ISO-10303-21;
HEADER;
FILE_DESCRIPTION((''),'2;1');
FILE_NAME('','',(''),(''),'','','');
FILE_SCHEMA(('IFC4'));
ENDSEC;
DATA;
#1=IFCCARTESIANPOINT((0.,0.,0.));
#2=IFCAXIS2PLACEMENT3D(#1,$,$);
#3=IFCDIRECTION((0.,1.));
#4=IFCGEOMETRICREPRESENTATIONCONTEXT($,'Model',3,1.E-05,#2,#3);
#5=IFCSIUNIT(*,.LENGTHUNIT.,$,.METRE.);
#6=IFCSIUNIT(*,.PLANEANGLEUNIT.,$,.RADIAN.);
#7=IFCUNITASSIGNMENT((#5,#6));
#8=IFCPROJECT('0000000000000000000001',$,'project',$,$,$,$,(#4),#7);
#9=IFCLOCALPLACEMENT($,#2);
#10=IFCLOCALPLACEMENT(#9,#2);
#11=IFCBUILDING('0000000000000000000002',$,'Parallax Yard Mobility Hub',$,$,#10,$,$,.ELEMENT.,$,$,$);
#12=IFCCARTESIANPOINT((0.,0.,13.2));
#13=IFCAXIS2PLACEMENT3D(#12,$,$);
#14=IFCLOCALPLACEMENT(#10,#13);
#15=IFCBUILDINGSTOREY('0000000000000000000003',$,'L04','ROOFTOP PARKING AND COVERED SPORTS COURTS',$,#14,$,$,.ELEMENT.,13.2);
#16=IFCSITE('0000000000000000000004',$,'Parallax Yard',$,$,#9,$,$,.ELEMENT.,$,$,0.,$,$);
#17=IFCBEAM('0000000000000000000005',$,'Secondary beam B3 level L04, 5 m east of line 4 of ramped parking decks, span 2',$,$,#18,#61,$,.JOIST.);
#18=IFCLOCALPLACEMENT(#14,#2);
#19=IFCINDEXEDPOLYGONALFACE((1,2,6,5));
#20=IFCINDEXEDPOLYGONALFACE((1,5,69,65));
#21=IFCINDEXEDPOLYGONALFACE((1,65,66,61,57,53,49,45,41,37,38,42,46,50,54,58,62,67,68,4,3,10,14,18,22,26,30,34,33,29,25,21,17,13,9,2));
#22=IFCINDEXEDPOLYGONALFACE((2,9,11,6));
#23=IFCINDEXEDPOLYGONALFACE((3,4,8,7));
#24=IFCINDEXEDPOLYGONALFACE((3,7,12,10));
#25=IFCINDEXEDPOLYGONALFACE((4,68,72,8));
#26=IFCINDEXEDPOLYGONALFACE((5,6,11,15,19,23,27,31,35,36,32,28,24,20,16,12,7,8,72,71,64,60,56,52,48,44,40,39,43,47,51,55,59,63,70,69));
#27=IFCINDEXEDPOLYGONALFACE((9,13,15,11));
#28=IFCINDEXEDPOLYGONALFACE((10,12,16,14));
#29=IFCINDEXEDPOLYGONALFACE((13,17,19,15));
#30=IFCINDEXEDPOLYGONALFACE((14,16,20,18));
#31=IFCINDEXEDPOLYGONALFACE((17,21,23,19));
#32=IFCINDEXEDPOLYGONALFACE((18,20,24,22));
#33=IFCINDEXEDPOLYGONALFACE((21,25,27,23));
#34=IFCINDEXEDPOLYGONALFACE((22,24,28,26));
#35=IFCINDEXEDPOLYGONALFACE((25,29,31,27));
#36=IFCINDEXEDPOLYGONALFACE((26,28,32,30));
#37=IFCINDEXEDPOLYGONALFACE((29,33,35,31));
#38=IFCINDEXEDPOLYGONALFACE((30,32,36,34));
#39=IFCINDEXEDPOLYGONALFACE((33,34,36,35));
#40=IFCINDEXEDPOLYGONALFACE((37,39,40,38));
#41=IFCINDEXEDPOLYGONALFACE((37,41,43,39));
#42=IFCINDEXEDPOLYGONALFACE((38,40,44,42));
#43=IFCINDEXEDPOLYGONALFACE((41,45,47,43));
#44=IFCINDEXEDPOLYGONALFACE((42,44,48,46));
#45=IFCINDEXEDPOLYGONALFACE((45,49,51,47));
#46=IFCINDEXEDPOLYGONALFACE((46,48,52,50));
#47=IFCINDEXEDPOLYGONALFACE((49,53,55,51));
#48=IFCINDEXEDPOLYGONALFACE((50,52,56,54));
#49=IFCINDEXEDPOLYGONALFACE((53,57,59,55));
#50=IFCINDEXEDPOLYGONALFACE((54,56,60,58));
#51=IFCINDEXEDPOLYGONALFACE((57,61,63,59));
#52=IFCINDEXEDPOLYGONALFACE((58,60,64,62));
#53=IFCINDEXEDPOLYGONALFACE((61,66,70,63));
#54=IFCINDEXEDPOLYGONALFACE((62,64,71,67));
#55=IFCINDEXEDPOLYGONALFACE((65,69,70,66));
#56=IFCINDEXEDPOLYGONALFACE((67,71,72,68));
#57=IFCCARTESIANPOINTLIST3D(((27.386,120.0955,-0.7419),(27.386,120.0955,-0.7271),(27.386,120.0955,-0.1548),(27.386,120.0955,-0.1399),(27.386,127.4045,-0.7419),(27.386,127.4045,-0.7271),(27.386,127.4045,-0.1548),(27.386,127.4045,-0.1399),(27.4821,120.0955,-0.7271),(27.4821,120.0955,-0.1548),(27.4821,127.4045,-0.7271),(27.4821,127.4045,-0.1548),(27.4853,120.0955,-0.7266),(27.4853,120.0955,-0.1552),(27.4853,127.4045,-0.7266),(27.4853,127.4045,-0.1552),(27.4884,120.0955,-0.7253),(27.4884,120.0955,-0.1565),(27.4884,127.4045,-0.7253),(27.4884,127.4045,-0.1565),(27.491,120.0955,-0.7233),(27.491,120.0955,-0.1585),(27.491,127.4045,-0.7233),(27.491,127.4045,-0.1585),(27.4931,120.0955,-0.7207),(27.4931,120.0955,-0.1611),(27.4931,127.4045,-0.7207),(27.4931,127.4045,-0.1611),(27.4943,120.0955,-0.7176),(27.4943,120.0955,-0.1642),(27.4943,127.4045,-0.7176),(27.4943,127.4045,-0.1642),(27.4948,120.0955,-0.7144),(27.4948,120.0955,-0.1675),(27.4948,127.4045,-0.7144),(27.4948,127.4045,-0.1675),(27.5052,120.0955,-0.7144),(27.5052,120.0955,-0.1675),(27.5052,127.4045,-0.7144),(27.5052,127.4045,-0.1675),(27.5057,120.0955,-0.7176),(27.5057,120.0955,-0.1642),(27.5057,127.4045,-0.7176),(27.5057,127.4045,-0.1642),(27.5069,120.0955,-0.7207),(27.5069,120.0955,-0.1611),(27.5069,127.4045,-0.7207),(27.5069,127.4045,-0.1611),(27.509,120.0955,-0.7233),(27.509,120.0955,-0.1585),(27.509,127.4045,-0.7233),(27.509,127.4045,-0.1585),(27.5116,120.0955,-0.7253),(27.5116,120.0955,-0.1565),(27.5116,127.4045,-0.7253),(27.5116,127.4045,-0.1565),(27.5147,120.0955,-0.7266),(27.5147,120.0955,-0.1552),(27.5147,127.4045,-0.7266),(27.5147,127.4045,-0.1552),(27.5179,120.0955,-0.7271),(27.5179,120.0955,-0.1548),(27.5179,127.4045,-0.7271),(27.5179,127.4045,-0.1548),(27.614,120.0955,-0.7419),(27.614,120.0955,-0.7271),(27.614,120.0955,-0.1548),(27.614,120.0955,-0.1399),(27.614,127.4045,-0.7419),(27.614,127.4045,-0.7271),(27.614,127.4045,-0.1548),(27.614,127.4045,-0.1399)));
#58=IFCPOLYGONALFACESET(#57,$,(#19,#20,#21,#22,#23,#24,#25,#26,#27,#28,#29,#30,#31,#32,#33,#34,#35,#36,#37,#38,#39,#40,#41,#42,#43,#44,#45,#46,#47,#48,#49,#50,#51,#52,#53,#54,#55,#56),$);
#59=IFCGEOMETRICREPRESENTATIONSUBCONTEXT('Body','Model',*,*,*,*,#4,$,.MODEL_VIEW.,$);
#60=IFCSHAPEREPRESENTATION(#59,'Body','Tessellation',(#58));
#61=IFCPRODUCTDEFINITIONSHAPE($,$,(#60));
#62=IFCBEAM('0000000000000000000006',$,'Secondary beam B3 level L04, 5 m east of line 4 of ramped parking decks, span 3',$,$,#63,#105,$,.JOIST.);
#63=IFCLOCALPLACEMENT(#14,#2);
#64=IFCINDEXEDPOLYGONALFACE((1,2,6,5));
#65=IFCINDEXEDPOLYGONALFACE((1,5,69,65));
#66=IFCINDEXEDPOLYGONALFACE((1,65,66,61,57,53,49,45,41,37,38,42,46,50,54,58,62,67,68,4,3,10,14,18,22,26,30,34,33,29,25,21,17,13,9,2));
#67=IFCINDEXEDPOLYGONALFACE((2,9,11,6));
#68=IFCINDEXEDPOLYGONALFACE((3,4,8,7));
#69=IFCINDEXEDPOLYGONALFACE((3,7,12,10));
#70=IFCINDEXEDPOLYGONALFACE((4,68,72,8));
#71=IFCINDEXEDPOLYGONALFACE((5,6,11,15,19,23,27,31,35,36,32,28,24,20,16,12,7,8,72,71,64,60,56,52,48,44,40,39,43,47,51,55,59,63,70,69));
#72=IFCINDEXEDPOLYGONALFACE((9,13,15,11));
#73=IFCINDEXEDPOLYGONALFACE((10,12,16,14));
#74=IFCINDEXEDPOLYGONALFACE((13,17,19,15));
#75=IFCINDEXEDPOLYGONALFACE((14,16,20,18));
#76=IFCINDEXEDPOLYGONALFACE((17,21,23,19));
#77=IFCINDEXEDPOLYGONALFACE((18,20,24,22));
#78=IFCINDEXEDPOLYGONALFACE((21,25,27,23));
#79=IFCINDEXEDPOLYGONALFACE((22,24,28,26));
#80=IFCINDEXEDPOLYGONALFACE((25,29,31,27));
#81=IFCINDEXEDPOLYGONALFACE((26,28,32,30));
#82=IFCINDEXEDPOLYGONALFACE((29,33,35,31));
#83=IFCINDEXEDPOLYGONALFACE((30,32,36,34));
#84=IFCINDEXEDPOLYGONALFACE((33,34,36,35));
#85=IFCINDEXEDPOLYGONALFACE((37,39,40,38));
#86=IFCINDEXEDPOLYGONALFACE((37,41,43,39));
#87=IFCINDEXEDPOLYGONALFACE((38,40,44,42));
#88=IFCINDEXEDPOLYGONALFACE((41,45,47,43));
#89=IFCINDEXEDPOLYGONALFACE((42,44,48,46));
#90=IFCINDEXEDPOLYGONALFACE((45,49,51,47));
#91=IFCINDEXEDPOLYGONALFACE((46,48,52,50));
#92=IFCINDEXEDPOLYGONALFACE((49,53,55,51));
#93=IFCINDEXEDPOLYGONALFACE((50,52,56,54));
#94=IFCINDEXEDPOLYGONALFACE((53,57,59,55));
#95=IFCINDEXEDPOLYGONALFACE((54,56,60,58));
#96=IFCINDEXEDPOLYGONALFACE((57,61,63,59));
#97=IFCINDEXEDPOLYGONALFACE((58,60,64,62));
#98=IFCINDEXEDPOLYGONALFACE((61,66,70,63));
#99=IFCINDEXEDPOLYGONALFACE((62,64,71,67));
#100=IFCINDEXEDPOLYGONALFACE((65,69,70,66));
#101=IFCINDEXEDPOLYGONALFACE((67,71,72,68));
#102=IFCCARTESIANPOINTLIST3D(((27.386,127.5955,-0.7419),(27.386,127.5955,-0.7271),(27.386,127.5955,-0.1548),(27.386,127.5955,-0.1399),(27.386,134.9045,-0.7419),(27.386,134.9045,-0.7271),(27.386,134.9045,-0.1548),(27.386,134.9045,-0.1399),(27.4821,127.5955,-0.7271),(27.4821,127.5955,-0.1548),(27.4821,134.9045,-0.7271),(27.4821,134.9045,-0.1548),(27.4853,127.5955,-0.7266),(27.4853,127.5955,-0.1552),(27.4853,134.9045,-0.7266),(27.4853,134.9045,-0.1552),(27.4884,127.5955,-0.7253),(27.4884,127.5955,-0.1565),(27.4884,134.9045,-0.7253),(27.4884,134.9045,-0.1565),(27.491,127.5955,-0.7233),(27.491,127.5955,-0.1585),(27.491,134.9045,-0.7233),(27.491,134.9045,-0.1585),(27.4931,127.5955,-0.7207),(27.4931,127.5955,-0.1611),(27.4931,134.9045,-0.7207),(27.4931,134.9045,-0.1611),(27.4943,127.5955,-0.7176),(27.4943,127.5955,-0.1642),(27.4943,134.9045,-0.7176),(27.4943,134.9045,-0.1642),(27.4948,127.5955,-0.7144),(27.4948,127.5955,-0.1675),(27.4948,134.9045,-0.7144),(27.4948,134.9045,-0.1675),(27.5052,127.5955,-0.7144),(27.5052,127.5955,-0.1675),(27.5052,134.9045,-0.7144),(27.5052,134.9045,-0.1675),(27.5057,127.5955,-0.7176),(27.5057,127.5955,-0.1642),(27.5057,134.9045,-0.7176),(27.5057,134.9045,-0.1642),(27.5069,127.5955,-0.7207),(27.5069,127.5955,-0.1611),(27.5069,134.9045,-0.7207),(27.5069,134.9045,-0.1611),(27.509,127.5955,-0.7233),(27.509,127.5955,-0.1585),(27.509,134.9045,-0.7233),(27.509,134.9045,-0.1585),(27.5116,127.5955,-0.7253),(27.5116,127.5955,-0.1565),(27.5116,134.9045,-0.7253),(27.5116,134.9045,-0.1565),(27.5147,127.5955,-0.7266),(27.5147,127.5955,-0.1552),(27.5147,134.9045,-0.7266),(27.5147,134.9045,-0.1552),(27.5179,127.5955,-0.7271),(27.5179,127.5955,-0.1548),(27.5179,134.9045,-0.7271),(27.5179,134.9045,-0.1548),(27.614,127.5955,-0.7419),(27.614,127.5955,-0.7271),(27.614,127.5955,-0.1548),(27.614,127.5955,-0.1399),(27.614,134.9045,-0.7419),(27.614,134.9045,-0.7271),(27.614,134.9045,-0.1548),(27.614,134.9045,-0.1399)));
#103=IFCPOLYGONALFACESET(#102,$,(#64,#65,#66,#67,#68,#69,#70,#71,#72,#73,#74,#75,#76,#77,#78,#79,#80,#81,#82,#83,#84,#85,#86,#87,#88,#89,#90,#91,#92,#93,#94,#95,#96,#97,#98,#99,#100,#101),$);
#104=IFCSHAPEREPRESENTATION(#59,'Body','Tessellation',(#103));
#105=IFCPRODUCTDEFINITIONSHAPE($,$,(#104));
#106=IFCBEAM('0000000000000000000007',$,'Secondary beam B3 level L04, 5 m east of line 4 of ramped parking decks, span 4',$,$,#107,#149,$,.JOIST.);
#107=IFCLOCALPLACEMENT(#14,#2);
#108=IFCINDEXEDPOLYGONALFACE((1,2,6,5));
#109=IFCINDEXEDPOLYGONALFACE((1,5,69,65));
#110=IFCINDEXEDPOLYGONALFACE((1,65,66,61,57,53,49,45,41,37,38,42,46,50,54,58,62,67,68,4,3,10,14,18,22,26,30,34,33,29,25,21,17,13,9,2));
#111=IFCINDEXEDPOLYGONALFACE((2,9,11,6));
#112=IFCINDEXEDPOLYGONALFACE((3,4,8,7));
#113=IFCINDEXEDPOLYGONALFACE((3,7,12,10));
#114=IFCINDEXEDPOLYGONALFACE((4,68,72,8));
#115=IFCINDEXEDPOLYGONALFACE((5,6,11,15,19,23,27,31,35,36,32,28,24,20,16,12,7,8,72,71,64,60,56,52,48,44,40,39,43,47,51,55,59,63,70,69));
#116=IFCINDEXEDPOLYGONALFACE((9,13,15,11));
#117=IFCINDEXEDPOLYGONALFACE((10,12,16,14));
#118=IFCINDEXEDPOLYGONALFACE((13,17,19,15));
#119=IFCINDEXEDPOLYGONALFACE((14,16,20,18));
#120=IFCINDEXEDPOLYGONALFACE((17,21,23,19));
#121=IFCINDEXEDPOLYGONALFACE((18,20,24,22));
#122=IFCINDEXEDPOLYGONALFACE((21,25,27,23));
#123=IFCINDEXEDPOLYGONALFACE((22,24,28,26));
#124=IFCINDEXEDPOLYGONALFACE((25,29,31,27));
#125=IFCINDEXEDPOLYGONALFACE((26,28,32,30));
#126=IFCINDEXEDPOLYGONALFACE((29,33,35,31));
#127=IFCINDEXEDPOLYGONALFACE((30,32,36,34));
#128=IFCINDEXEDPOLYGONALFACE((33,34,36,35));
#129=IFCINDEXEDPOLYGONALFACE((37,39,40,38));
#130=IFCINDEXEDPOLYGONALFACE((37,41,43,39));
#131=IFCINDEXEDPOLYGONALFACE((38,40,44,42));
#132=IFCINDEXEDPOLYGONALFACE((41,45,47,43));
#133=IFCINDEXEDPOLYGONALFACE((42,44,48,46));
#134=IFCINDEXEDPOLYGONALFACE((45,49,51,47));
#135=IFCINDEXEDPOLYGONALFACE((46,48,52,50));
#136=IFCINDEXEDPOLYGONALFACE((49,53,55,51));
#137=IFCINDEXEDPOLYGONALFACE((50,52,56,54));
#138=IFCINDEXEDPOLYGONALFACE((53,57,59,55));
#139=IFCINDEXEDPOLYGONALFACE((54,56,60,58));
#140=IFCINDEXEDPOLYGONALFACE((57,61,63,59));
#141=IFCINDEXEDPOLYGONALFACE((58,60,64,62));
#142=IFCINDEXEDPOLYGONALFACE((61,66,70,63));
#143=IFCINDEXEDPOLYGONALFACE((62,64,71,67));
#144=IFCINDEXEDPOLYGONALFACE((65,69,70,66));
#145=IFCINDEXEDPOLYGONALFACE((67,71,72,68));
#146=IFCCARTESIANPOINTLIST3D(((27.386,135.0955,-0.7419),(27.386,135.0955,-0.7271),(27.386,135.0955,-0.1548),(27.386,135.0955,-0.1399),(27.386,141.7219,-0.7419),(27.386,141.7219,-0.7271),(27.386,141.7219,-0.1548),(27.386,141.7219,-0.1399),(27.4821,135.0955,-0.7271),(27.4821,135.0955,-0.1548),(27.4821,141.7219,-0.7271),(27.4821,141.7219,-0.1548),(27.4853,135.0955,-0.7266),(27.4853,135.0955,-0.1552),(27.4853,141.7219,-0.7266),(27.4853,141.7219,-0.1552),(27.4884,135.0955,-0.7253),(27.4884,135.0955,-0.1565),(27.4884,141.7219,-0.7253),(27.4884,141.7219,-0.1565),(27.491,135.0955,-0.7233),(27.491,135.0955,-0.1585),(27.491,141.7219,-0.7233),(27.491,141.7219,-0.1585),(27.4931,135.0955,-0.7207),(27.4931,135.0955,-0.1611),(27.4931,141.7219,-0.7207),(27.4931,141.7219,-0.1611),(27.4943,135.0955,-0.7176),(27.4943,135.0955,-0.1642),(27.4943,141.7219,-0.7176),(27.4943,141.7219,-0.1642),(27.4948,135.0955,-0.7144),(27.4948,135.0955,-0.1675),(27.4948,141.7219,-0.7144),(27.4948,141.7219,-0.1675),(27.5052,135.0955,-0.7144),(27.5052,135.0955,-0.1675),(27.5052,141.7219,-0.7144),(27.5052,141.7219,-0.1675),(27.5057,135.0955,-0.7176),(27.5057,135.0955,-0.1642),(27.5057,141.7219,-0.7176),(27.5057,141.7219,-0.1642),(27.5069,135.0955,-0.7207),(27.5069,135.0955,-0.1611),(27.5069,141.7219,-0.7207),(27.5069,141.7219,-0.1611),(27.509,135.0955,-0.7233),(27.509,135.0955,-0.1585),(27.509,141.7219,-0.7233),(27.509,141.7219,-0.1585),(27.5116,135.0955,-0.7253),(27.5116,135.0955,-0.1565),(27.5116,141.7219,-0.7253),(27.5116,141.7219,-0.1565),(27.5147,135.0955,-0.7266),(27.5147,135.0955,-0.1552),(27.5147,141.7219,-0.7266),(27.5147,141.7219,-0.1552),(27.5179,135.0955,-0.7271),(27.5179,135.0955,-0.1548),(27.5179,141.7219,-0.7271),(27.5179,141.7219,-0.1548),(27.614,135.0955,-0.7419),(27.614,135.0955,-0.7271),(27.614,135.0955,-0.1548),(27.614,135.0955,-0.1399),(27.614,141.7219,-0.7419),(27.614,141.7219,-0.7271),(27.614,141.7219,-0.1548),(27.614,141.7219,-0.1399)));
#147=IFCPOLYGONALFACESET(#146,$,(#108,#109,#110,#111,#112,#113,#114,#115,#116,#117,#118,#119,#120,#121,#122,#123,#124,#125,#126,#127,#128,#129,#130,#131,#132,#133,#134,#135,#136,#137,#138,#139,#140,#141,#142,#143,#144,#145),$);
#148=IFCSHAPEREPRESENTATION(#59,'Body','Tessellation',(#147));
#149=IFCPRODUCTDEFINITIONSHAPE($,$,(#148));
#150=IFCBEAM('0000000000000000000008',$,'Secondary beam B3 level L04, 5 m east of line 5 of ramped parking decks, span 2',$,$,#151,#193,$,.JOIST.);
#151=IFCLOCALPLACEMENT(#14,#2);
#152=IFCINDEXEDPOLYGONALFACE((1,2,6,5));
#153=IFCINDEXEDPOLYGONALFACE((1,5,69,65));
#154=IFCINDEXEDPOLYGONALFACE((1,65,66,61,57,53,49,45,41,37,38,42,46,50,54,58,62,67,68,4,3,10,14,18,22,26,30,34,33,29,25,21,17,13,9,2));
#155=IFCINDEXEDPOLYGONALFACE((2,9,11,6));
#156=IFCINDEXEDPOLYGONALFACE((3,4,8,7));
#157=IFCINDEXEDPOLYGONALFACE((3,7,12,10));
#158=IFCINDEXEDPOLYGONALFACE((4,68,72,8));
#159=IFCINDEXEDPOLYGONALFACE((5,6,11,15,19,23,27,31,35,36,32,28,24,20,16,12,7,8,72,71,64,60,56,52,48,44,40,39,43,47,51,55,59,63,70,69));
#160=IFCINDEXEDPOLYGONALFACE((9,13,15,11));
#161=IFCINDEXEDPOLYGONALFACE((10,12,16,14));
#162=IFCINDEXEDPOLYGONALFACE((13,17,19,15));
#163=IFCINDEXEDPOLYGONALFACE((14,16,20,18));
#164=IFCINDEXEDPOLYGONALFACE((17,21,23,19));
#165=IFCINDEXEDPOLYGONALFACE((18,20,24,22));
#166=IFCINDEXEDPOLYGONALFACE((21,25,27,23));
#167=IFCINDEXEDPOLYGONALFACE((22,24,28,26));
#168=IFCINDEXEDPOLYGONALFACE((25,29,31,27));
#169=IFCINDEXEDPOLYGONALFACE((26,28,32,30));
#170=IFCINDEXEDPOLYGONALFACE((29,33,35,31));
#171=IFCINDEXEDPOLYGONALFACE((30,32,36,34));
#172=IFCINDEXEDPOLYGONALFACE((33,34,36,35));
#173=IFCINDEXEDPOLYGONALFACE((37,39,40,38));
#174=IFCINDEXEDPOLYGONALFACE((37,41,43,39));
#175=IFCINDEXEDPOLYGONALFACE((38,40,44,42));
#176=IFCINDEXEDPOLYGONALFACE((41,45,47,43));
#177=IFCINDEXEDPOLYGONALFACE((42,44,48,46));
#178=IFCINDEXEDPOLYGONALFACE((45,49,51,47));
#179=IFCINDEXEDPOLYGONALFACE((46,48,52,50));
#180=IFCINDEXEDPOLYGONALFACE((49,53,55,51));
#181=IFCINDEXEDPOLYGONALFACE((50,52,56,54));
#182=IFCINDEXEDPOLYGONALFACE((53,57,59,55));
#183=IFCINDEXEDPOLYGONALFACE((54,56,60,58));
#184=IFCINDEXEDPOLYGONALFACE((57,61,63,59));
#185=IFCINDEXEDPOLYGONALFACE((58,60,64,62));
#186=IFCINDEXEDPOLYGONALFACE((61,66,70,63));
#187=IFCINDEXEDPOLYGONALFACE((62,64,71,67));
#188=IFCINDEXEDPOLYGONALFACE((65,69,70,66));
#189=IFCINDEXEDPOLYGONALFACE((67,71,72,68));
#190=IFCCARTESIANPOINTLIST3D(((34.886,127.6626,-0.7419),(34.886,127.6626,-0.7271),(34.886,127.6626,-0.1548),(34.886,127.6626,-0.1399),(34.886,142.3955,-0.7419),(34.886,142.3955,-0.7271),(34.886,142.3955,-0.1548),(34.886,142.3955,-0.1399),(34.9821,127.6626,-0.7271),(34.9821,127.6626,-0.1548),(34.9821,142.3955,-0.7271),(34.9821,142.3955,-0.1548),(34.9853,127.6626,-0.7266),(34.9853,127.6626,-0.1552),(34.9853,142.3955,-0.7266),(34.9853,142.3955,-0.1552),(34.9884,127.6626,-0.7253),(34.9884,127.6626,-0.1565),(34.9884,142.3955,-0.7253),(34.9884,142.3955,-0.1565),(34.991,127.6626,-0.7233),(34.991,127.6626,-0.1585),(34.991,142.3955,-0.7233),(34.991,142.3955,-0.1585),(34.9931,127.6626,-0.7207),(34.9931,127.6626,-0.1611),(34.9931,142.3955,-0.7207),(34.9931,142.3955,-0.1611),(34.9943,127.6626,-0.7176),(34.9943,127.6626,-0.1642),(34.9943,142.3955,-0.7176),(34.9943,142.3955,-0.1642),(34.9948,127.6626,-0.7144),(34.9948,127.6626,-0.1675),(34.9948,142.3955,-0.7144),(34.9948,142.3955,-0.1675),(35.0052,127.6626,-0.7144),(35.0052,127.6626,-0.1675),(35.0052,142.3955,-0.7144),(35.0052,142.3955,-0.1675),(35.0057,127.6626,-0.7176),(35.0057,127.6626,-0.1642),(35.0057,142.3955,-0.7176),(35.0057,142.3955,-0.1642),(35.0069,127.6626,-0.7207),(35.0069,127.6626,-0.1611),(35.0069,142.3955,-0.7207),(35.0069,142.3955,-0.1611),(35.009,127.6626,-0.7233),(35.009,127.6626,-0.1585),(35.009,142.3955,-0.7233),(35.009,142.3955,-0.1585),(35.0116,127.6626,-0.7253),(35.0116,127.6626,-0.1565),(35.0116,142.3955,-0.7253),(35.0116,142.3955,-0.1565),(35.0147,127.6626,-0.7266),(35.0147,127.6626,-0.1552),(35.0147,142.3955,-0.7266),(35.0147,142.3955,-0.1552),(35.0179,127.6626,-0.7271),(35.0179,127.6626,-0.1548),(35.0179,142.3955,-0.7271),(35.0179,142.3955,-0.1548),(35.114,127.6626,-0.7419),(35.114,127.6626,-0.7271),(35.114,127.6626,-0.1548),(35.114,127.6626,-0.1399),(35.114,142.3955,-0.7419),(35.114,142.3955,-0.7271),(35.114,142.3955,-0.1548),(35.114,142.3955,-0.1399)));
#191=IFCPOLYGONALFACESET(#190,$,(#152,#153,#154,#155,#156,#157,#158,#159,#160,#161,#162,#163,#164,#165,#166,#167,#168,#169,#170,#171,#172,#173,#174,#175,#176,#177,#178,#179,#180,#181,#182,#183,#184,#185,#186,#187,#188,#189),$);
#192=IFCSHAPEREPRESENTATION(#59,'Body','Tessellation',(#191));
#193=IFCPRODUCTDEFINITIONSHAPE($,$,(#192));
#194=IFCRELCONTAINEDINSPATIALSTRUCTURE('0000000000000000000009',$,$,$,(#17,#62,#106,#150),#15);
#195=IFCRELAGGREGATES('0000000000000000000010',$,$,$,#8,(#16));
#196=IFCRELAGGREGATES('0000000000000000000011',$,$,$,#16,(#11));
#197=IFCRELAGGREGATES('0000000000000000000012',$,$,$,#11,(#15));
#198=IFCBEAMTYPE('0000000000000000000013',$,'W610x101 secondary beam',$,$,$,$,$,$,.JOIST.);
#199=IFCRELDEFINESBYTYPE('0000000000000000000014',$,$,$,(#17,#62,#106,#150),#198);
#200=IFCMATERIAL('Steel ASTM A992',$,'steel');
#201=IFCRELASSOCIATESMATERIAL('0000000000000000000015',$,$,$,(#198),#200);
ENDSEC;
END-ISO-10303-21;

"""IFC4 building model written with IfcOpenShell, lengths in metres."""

from ifc_helpers import new_model, si_unit, direction, frame, origin, origin_2d, place, context, subcontext, project, spatial, i_section, extrude, material, material_profile, profile_set, type_object, element, save


model = new_model("IFC4")

# Units and contexts
model_context = context("Model", 3, precision=1e-05, world=origin(), true_north=direction((0.0, 1.0)))
body_context = subcontext(model_context, "Body", "Model", "MODEL_VIEW")
ifc_project = project(units=[si_unit("LENGTHUNIT", "METRE"), si_unit("PLANEANGLEUNIT", "RADIAN")], contexts=[model_context])

# Site, building, storey
site_placement = place(None, origin())
site = spatial("IfcSite", under=ifc_project, at=site_placement, Name="Parallax Yard", CompositionType="ELEMENT", RefElevation=0.0)
building_placement = place(site_placement, origin())
building = spatial("IfcBuilding", under=site, at=building_placement, Name="Parallax Yard Mobility Hub", CompositionType="ELEMENT")
storey_placement = place(building_placement, frame((0.0, 0.0, 13.2)))
storey = spatial("IfcBuildingStorey", under=building, at=storey_placement, Name="L04", Description="ROOFTOP PARKING AND COVERED SPORTS COURTS", CompositionType="ELEMENT", Elevation=13.2)

# Shared definitions
ifc_material_1 = material(Name="Steel ASTM A992", Category="steel")

# Beams
ifc_material_profile_1 = material_profile(ifc_material_1, i_section(OverallWidth=0.228, OverallDepth=0.6021, WebThickness=0.0105, FlangeThickness=0.0149, FilletRadius=0.0127, at=origin_2d()), Name="W610x101")
ifc_profile_set_1 = profile_set([ifc_material_profile_1], Name="Steel ASTM A992")
beam_type_1 = type_object("IfcBeamType", Name="W610x101 secondary beam", PredefinedType="JOIST", material=ifc_profile_set_1)
for number, where, z_axis, x_axis, name in (
    (1, (27.5, 120.0955, -0.4409), (0.0, 1.0, 0.0), (-1.0, 0.0, 0.0), "Secondary beam B3 level L04, 5 m east of line 4 of ramped parking decks, span 2"),
    (2, (27.5, 127.5955, -0.4409), (0.0, 1.0, 0.0), (-1.0, 0.0, 0.0), "Secondary beam B3 level L04, 5 m east of line 4 of ramped parking decks, span 3"),
):
    element("IfcBeam", number, at=place(storey_placement, frame(where, z_axis=z_axis, x_axis=x_axis)), inside=storey, type_object=beam_type_1, Name=name, PredefinedType="JOIST", context=body_context, shape_type="SweptSolid", body=[
        extrude(i_section(OverallWidth=0.228, OverallDepth=0.6021, WebThickness=0.0105, FlangeThickness=0.0149, FilletRadius=0.0127, at=origin_2d()), origin(), (0.0, 0.0, 1.0), 7.3091),
    ])
beam_1_placement = place(storey_placement, frame((27.5, 135.0955, -0.4409), z_axis=(0.0, 1.0, 0.0), x_axis=(-1.0, 0.0, 0.0)))
element("IfcBeam", 3, at=beam_1_placement, inside=storey, type_object=beam_type_1, Name="Secondary beam B3 level L04, 5 m east of line 4 of ramped parking decks, span 4", PredefinedType="JOIST", context=body_context, shape_type="SweptSolid", body=[
    extrude(i_section(OverallWidth=0.228, OverallDepth=0.6021, WebThickness=0.0105, FlangeThickness=0.0149, FilletRadius=0.0127, at=origin_2d()), origin(), (0.0, 0.0, 1.0), 6.6265),
])
beam_2_placement = place(storey_placement, frame((35.0, 127.6626, -0.4409), z_axis=(0.0, 1.0, 0.0), x_axis=(-1.0, 0.0, 0.0)))
element("IfcBeam", 4, at=beam_2_placement, inside=storey, type_object=beam_type_1, Name="Secondary beam B3 level L04, 5 m east of line 5 of ramped parking decks, span 2", PredefinedType="JOIST", context=body_context, shape_type="SweptSolid", body=[
    extrude(i_section(OverallWidth=0.228, OverallDepth=0.6021, WebThickness=0.0105, FlangeThickness=0.0149, FilletRadius=0.0127, at=origin_2d()), origin(), (0.0, 0.0, 1.0), 14.7329),
])

save(model, "model.ifc")
